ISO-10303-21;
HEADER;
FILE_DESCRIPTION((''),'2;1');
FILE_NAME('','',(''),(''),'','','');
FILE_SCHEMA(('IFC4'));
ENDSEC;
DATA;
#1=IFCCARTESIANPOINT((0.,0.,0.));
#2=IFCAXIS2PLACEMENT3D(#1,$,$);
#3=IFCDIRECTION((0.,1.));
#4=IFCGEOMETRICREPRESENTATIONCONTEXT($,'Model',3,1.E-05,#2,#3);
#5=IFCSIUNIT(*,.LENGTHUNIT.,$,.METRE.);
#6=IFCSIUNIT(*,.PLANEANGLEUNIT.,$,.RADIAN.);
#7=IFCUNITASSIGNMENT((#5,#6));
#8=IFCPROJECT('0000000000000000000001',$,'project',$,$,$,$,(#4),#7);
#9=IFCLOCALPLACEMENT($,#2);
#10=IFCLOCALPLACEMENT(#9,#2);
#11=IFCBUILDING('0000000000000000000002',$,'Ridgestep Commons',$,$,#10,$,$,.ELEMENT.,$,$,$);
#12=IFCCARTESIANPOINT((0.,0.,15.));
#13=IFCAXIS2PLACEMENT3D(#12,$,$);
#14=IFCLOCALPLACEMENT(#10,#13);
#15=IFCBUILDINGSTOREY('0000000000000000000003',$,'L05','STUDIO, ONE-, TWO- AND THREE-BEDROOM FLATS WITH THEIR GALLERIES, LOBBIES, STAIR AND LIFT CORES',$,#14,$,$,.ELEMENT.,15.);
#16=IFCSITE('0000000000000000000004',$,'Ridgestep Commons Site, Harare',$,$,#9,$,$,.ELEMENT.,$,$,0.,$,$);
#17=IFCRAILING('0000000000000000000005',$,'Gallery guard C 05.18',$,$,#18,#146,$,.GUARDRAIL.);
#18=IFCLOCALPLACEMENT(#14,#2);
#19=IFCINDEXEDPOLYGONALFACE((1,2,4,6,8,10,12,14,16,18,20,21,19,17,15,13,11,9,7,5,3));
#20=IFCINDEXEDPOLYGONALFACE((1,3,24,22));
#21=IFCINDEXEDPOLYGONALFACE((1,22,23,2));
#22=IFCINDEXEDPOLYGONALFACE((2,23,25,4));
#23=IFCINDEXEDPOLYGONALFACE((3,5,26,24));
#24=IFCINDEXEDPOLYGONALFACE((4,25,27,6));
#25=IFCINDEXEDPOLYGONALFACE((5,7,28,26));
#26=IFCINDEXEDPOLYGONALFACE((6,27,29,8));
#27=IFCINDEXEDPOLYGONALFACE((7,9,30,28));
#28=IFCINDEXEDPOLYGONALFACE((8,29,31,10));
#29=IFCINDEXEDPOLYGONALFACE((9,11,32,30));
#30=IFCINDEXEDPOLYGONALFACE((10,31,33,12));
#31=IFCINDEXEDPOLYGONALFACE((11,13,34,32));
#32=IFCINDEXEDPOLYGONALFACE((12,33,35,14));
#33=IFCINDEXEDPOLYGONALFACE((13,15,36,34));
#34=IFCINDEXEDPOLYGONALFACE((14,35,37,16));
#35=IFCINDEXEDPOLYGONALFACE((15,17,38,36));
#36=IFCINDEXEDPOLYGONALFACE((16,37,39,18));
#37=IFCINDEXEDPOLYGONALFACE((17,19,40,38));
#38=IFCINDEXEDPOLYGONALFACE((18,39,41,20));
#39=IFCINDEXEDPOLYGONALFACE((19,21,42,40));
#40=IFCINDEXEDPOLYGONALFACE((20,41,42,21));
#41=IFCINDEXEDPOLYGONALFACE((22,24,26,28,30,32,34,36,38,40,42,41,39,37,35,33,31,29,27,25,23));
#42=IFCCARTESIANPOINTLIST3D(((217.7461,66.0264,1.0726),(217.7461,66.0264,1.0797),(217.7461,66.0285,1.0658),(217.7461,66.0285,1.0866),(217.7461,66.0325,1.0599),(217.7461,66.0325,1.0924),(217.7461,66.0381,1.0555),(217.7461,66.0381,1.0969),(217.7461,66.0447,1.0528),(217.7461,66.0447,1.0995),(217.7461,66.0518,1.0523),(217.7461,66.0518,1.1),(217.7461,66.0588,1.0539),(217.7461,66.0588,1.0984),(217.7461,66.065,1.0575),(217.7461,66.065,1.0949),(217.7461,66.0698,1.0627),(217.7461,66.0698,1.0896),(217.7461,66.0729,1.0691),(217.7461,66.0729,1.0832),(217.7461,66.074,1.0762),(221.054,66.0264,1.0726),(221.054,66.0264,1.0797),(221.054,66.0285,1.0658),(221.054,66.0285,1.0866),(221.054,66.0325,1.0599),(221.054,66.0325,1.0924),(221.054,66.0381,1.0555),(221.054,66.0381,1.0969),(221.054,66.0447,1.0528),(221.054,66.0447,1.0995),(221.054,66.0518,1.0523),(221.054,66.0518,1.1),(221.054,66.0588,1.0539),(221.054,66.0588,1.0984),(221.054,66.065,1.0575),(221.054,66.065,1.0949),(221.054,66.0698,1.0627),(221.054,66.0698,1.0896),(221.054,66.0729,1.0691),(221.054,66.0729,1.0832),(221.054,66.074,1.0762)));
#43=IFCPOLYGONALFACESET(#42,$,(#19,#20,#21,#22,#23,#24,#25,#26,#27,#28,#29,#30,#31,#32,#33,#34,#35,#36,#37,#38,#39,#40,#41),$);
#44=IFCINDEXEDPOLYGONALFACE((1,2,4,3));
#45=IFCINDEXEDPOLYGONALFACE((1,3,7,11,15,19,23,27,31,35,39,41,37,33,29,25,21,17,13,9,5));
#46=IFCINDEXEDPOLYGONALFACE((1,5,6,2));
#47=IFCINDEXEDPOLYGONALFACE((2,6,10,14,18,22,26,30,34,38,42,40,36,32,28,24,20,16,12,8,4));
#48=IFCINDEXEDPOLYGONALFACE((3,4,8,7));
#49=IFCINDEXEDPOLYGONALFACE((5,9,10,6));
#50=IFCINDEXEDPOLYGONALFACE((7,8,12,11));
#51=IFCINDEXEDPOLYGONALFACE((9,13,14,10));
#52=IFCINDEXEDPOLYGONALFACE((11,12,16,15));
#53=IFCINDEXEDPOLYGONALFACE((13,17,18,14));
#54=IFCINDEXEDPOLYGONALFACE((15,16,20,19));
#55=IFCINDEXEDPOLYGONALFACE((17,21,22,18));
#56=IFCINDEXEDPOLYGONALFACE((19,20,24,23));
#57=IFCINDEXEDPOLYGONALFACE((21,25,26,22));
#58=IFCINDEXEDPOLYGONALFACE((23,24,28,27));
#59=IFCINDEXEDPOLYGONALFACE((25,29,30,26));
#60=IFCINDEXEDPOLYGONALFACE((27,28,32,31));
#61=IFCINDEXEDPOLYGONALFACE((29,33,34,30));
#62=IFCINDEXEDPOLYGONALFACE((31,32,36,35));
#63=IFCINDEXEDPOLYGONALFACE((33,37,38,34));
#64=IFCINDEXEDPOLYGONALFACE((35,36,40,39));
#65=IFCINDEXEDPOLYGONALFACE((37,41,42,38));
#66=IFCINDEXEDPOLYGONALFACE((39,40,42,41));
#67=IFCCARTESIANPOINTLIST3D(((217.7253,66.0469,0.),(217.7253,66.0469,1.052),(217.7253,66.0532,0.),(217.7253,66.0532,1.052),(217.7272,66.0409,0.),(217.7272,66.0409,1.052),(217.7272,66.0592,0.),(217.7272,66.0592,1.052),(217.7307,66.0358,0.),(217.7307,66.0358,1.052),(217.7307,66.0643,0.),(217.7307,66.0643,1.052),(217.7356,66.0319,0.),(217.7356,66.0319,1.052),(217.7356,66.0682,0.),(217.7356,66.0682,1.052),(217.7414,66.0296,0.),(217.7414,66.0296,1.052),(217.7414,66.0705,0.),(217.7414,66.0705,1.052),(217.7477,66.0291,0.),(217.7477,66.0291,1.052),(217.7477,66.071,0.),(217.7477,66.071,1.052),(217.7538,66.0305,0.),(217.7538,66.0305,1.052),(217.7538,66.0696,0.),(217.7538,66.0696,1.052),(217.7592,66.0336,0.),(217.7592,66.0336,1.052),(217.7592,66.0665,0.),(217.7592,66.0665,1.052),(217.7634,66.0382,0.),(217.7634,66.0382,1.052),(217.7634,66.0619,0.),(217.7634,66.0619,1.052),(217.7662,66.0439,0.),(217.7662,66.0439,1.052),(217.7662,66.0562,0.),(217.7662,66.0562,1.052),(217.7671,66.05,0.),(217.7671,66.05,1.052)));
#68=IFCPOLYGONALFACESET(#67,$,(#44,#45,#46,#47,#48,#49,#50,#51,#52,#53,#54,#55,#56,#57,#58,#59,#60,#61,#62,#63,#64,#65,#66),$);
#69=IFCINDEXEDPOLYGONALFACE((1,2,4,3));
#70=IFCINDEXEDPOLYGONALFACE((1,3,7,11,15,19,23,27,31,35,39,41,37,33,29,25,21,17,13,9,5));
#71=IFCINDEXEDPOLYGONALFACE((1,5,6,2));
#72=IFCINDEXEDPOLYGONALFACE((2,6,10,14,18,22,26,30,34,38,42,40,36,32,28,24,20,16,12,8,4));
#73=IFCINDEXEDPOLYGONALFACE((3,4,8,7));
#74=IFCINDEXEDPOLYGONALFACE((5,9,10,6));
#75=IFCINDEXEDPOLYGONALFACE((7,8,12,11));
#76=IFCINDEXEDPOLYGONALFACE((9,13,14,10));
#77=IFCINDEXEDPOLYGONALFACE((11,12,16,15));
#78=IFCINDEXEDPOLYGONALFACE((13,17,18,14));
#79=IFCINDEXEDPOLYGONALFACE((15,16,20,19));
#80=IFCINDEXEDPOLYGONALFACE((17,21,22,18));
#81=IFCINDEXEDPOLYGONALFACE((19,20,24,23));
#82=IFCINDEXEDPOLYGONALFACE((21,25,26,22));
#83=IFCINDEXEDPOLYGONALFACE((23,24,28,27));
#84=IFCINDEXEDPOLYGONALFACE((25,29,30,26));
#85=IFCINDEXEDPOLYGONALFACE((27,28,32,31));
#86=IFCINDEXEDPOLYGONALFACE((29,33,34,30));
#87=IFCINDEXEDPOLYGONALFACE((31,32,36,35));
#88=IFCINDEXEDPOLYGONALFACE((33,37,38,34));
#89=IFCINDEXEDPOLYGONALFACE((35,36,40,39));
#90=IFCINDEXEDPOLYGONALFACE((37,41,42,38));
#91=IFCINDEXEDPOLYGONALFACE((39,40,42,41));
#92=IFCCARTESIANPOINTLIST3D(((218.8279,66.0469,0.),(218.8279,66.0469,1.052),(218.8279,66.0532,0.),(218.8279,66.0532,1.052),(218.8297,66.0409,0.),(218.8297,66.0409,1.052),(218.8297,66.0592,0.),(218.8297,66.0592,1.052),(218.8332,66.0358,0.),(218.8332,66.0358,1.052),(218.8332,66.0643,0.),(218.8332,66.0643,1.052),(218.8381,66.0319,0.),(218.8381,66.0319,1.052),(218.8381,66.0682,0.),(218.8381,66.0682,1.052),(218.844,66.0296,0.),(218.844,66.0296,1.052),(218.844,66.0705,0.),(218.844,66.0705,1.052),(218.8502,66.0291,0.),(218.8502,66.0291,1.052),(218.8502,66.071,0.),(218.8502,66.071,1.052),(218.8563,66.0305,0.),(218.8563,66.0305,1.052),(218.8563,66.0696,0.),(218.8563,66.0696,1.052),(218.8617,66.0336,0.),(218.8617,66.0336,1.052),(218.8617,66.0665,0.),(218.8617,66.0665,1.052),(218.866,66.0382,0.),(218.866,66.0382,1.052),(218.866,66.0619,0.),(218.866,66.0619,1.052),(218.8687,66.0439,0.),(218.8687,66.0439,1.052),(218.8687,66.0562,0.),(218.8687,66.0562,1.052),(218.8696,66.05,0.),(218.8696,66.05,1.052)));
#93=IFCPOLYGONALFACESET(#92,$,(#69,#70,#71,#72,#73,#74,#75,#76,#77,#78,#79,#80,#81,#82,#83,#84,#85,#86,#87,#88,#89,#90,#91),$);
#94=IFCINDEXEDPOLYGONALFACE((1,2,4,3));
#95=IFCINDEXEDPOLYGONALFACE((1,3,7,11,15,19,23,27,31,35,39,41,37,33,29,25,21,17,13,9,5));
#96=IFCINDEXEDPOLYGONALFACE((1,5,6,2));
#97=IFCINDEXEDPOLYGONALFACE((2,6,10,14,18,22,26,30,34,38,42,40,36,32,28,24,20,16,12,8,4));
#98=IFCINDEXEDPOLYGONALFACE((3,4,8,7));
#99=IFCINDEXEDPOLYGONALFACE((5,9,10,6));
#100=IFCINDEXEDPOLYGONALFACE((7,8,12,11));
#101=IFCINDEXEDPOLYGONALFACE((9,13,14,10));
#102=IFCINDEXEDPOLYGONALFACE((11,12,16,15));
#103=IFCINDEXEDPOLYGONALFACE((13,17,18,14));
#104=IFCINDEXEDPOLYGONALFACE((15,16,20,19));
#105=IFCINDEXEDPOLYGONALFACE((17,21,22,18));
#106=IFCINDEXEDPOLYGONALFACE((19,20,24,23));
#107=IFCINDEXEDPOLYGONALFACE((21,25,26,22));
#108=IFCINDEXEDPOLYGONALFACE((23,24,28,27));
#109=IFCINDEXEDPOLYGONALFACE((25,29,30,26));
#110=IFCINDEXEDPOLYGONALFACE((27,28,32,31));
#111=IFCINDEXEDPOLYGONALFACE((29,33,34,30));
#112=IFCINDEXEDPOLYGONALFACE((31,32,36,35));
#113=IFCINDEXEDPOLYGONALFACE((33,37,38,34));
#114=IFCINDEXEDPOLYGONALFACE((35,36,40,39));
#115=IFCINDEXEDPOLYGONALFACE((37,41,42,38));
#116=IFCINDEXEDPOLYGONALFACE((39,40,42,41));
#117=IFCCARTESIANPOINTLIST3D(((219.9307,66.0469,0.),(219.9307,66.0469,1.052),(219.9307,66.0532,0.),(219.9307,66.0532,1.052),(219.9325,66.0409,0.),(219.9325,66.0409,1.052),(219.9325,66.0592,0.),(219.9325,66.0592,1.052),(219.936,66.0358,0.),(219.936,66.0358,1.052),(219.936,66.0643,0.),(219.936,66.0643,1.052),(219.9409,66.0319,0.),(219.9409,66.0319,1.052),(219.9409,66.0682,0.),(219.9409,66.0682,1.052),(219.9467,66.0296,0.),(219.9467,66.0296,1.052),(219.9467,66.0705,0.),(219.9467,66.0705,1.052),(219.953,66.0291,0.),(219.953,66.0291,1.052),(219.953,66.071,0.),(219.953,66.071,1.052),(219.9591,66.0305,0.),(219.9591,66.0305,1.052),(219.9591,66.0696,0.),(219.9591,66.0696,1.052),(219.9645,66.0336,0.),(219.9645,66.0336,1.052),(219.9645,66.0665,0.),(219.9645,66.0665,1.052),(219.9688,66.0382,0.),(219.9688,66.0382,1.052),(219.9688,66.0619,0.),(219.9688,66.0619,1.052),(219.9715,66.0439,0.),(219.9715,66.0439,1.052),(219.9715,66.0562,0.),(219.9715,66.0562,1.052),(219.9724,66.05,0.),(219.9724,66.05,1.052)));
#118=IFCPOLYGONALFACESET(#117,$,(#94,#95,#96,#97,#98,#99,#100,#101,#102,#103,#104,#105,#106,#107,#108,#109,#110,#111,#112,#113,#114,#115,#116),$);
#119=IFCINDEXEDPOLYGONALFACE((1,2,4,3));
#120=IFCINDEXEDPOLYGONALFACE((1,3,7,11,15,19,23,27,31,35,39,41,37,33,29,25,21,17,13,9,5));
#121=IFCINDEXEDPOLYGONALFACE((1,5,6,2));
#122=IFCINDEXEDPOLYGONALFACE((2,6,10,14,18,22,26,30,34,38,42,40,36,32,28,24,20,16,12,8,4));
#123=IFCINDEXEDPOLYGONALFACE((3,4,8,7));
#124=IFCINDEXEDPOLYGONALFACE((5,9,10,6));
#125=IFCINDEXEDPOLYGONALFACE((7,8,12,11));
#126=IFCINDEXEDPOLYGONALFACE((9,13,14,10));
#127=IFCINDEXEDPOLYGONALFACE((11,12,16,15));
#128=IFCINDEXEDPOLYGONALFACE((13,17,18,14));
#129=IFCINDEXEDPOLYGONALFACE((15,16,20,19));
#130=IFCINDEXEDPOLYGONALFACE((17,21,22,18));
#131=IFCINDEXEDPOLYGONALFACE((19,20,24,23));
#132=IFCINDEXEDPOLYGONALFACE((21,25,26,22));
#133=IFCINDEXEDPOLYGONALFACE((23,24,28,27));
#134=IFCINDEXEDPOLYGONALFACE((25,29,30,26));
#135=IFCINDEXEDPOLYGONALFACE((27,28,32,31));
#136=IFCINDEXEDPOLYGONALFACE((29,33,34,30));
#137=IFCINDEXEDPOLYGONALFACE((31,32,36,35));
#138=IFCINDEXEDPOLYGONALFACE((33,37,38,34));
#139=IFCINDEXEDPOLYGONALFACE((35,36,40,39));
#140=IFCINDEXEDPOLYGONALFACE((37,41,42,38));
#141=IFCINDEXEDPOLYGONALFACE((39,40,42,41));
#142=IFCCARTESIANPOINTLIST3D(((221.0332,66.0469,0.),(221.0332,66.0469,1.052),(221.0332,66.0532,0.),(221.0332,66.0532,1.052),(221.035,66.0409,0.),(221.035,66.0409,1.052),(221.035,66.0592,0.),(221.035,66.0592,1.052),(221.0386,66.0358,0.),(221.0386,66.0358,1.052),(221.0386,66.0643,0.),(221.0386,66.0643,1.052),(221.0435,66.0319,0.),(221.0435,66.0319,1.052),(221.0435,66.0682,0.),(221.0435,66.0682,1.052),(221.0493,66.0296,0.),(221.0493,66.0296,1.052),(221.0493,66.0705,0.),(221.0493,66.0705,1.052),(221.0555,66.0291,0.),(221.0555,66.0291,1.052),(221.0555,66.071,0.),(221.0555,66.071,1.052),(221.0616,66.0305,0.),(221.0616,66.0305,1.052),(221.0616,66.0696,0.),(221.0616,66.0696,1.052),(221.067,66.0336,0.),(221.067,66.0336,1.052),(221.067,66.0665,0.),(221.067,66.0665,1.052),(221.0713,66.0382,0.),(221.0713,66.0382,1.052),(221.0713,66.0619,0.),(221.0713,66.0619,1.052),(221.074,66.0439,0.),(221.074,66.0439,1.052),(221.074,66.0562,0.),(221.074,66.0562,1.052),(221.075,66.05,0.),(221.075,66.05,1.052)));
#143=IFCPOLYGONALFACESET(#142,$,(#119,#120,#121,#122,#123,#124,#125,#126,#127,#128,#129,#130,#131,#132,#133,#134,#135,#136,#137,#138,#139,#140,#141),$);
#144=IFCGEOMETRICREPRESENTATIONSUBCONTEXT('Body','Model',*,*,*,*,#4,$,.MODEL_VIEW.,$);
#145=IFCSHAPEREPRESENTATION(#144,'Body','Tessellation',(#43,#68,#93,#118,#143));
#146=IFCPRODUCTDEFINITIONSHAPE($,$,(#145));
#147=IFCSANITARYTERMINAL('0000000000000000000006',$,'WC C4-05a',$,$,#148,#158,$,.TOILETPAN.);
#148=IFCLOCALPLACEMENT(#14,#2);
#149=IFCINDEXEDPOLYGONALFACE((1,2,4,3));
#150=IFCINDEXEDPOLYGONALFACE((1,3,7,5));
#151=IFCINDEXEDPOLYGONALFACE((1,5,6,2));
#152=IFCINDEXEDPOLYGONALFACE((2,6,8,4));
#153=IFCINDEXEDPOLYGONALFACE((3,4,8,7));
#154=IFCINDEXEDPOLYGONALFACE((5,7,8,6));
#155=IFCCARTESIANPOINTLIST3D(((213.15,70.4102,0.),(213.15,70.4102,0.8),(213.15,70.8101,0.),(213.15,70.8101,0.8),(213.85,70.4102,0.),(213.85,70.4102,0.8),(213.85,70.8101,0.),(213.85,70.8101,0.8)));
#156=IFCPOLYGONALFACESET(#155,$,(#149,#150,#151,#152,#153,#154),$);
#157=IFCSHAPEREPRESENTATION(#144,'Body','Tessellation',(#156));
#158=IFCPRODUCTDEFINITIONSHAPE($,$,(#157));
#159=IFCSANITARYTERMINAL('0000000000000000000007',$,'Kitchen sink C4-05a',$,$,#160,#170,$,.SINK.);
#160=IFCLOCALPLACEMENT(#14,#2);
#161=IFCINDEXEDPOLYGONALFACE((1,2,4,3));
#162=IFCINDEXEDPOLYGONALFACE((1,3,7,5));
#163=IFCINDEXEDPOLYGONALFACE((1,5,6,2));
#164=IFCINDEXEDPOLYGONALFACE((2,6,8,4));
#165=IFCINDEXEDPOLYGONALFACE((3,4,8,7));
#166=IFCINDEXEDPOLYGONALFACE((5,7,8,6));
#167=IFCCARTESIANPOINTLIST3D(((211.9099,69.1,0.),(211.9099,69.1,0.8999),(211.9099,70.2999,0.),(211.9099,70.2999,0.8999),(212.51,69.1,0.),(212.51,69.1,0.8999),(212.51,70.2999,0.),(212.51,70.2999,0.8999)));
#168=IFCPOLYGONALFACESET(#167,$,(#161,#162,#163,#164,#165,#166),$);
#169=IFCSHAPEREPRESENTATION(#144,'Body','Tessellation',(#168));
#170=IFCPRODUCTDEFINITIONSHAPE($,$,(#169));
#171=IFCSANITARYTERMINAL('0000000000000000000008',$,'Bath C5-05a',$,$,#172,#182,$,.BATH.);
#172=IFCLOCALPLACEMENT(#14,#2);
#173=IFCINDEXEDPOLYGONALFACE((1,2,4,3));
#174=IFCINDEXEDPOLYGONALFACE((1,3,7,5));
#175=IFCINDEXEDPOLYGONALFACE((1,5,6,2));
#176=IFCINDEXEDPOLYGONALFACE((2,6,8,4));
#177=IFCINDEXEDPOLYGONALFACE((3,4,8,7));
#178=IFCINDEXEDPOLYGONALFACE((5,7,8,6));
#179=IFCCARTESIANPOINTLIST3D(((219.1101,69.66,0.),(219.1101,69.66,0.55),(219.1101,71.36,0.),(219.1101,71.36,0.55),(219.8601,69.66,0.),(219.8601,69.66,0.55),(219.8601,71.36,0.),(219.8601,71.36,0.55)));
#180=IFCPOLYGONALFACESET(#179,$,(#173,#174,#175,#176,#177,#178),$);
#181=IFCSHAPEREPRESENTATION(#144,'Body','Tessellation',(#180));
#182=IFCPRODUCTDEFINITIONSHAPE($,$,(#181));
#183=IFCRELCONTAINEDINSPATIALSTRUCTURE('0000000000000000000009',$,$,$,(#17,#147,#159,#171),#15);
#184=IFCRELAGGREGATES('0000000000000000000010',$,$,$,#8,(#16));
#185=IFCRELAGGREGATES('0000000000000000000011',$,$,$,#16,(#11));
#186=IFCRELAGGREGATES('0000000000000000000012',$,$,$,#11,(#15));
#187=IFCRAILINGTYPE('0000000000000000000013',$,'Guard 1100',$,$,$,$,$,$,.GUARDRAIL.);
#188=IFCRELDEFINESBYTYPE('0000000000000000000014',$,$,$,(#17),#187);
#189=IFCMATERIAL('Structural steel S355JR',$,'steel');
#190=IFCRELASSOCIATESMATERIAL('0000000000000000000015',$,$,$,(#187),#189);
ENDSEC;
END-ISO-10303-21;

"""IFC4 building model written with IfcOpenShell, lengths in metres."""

from ifc_helpers import new_model, si_unit, direction, frame, origin, origin_2d, place, context, subcontext, project, spatial, rectangle, circle, extrude, material, type_object, element, save


model = new_model("IFC4")

# Units and contexts
model_context = context("Model", 3, precision=1e-05, world=origin(), true_north=direction((0.0, 1.0)))
body_context = subcontext(model_context, "Body", "Model", "MODEL_VIEW")
ifc_project = project(units=[si_unit("LENGTHUNIT", "METRE"), si_unit("PLANEANGLEUNIT", "RADIAN")], contexts=[model_context])

# Site, building, storey
site_placement = place(None, origin())
site = spatial("IfcSite", under=ifc_project, at=site_placement, Name="Ridgestep Commons Site, Harare", CompositionType="ELEMENT", RefElevation=0.0)
building_placement = place(site_placement, origin())
building = spatial("IfcBuilding", under=site, at=building_placement, Name="Ridgestep Commons", CompositionType="ELEMENT")
storey_placement = place(building_placement, frame((0.0, 0.0, 15.0)))
storey = spatial("IfcBuildingStorey", under=building, at=storey_placement, Name="L05", Description="STUDIO, ONE-, TWO- AND THREE-BEDROOM FLATS WITH THEIR GALLERIES, LOBBIES, STAIR AND LIFT CORES", CompositionType="ELEMENT", Elevation=15.0)

# Railing
ifc_material_1 = material(Name="Structural steel S355JR", Category="steel")
railing_type = type_object("IfcRailingType", Name="Guard 1100", PredefinedType="GUARDRAIL", material=ifc_material_1)
railing_1_placement = place(storey_placement, frame((217.7461, 66.05, 0.0)))
element("IfcRailing", 1, at=railing_1_placement, inside=storey, type_object=railing_type, Name="Gallery guard C 05.18", PredefinedType="GUARDRAIL", context=body_context, shape_type="SweptSolid", body=[
    extrude(circle(Radius=0.0239, at=origin_2d()), frame((0.0, 0.0, 1.0762), z_axis=(1.0, 0.0, 0.0), x_axis=(0.0, 1.0, 0.0)), (0.0, 0.0, 1.0), 3.3079),
    extrude(circle(Radius=0.021, at=origin_2d()), origin(), (0.0, 0.0, 1.0), 1.052),
    extrude(circle(Radius=0.021, at=origin_2d()), frame((1.1025, 0.0, 0.0)), (0.0, 0.0, 1.0), 1.052),
    extrude(circle(Radius=0.021, at=origin_2d()), frame((2.2053, 0.0, 0.0)), (0.0, 0.0, 1.0), 1.052),
    extrude(circle(Radius=0.021, at=origin_2d()), frame((3.3079, 0.0, 0.0)), (0.0, 0.0, 1.0), 1.052),
])

# Sanitary terminals
sanitary_terminal_1_placement = place(storey_placement, frame((213.5, 70.6101, 0.0), z_axis=(0.0, 0.0, 1.0), x_axis=(1.0, 0.0, 0.0)))
element("IfcSanitaryTerminal", 2, at=sanitary_terminal_1_placement, inside=storey, Name="WC C4-05a", PredefinedType="TOILETPAN", context=body_context, shape_type="SweptSolid", body=[
    extrude(rectangle(XDim=0.7, YDim=0.3999, at=origin_2d()), origin(), (0.0, 0.0, 1.0), 0.8),
])
sanitary_terminal_2_placement = place(storey_placement, frame((212.21, 69.7, 0.0), z_axis=(0.0, 0.0, 1.0), x_axis=(1.0, 0.0, 0.0)))
element("IfcSanitaryTerminal", 3, at=sanitary_terminal_2_placement, inside=storey, Name="Kitchen sink C4-05a", PredefinedType="SINK", context=body_context, shape_type="SweptSolid", body=[
    extrude(rectangle(XDim=0.6001, YDim=1.2, at=origin_2d()), origin(), (0.0, 0.0, 1.0), 0.8999),
])
sanitary_terminal_3_placement = place(storey_placement, frame((219.4851, 70.51, 0.0), z_axis=(0.0, 0.0, 1.0), x_axis=(1.0, 0.0, 0.0)))
element("IfcSanitaryTerminal", 4, at=sanitary_terminal_3_placement, inside=storey, Name="Bath C5-05a", PredefinedType="BATH", context=body_context, shape_type="SweptSolid", body=[
    extrude(rectangle(XDim=0.75, YDim=1.7, at=origin_2d()), origin(), (0.0, 0.0, 1.0), 0.55),
])

save(model, "model.ifc")
